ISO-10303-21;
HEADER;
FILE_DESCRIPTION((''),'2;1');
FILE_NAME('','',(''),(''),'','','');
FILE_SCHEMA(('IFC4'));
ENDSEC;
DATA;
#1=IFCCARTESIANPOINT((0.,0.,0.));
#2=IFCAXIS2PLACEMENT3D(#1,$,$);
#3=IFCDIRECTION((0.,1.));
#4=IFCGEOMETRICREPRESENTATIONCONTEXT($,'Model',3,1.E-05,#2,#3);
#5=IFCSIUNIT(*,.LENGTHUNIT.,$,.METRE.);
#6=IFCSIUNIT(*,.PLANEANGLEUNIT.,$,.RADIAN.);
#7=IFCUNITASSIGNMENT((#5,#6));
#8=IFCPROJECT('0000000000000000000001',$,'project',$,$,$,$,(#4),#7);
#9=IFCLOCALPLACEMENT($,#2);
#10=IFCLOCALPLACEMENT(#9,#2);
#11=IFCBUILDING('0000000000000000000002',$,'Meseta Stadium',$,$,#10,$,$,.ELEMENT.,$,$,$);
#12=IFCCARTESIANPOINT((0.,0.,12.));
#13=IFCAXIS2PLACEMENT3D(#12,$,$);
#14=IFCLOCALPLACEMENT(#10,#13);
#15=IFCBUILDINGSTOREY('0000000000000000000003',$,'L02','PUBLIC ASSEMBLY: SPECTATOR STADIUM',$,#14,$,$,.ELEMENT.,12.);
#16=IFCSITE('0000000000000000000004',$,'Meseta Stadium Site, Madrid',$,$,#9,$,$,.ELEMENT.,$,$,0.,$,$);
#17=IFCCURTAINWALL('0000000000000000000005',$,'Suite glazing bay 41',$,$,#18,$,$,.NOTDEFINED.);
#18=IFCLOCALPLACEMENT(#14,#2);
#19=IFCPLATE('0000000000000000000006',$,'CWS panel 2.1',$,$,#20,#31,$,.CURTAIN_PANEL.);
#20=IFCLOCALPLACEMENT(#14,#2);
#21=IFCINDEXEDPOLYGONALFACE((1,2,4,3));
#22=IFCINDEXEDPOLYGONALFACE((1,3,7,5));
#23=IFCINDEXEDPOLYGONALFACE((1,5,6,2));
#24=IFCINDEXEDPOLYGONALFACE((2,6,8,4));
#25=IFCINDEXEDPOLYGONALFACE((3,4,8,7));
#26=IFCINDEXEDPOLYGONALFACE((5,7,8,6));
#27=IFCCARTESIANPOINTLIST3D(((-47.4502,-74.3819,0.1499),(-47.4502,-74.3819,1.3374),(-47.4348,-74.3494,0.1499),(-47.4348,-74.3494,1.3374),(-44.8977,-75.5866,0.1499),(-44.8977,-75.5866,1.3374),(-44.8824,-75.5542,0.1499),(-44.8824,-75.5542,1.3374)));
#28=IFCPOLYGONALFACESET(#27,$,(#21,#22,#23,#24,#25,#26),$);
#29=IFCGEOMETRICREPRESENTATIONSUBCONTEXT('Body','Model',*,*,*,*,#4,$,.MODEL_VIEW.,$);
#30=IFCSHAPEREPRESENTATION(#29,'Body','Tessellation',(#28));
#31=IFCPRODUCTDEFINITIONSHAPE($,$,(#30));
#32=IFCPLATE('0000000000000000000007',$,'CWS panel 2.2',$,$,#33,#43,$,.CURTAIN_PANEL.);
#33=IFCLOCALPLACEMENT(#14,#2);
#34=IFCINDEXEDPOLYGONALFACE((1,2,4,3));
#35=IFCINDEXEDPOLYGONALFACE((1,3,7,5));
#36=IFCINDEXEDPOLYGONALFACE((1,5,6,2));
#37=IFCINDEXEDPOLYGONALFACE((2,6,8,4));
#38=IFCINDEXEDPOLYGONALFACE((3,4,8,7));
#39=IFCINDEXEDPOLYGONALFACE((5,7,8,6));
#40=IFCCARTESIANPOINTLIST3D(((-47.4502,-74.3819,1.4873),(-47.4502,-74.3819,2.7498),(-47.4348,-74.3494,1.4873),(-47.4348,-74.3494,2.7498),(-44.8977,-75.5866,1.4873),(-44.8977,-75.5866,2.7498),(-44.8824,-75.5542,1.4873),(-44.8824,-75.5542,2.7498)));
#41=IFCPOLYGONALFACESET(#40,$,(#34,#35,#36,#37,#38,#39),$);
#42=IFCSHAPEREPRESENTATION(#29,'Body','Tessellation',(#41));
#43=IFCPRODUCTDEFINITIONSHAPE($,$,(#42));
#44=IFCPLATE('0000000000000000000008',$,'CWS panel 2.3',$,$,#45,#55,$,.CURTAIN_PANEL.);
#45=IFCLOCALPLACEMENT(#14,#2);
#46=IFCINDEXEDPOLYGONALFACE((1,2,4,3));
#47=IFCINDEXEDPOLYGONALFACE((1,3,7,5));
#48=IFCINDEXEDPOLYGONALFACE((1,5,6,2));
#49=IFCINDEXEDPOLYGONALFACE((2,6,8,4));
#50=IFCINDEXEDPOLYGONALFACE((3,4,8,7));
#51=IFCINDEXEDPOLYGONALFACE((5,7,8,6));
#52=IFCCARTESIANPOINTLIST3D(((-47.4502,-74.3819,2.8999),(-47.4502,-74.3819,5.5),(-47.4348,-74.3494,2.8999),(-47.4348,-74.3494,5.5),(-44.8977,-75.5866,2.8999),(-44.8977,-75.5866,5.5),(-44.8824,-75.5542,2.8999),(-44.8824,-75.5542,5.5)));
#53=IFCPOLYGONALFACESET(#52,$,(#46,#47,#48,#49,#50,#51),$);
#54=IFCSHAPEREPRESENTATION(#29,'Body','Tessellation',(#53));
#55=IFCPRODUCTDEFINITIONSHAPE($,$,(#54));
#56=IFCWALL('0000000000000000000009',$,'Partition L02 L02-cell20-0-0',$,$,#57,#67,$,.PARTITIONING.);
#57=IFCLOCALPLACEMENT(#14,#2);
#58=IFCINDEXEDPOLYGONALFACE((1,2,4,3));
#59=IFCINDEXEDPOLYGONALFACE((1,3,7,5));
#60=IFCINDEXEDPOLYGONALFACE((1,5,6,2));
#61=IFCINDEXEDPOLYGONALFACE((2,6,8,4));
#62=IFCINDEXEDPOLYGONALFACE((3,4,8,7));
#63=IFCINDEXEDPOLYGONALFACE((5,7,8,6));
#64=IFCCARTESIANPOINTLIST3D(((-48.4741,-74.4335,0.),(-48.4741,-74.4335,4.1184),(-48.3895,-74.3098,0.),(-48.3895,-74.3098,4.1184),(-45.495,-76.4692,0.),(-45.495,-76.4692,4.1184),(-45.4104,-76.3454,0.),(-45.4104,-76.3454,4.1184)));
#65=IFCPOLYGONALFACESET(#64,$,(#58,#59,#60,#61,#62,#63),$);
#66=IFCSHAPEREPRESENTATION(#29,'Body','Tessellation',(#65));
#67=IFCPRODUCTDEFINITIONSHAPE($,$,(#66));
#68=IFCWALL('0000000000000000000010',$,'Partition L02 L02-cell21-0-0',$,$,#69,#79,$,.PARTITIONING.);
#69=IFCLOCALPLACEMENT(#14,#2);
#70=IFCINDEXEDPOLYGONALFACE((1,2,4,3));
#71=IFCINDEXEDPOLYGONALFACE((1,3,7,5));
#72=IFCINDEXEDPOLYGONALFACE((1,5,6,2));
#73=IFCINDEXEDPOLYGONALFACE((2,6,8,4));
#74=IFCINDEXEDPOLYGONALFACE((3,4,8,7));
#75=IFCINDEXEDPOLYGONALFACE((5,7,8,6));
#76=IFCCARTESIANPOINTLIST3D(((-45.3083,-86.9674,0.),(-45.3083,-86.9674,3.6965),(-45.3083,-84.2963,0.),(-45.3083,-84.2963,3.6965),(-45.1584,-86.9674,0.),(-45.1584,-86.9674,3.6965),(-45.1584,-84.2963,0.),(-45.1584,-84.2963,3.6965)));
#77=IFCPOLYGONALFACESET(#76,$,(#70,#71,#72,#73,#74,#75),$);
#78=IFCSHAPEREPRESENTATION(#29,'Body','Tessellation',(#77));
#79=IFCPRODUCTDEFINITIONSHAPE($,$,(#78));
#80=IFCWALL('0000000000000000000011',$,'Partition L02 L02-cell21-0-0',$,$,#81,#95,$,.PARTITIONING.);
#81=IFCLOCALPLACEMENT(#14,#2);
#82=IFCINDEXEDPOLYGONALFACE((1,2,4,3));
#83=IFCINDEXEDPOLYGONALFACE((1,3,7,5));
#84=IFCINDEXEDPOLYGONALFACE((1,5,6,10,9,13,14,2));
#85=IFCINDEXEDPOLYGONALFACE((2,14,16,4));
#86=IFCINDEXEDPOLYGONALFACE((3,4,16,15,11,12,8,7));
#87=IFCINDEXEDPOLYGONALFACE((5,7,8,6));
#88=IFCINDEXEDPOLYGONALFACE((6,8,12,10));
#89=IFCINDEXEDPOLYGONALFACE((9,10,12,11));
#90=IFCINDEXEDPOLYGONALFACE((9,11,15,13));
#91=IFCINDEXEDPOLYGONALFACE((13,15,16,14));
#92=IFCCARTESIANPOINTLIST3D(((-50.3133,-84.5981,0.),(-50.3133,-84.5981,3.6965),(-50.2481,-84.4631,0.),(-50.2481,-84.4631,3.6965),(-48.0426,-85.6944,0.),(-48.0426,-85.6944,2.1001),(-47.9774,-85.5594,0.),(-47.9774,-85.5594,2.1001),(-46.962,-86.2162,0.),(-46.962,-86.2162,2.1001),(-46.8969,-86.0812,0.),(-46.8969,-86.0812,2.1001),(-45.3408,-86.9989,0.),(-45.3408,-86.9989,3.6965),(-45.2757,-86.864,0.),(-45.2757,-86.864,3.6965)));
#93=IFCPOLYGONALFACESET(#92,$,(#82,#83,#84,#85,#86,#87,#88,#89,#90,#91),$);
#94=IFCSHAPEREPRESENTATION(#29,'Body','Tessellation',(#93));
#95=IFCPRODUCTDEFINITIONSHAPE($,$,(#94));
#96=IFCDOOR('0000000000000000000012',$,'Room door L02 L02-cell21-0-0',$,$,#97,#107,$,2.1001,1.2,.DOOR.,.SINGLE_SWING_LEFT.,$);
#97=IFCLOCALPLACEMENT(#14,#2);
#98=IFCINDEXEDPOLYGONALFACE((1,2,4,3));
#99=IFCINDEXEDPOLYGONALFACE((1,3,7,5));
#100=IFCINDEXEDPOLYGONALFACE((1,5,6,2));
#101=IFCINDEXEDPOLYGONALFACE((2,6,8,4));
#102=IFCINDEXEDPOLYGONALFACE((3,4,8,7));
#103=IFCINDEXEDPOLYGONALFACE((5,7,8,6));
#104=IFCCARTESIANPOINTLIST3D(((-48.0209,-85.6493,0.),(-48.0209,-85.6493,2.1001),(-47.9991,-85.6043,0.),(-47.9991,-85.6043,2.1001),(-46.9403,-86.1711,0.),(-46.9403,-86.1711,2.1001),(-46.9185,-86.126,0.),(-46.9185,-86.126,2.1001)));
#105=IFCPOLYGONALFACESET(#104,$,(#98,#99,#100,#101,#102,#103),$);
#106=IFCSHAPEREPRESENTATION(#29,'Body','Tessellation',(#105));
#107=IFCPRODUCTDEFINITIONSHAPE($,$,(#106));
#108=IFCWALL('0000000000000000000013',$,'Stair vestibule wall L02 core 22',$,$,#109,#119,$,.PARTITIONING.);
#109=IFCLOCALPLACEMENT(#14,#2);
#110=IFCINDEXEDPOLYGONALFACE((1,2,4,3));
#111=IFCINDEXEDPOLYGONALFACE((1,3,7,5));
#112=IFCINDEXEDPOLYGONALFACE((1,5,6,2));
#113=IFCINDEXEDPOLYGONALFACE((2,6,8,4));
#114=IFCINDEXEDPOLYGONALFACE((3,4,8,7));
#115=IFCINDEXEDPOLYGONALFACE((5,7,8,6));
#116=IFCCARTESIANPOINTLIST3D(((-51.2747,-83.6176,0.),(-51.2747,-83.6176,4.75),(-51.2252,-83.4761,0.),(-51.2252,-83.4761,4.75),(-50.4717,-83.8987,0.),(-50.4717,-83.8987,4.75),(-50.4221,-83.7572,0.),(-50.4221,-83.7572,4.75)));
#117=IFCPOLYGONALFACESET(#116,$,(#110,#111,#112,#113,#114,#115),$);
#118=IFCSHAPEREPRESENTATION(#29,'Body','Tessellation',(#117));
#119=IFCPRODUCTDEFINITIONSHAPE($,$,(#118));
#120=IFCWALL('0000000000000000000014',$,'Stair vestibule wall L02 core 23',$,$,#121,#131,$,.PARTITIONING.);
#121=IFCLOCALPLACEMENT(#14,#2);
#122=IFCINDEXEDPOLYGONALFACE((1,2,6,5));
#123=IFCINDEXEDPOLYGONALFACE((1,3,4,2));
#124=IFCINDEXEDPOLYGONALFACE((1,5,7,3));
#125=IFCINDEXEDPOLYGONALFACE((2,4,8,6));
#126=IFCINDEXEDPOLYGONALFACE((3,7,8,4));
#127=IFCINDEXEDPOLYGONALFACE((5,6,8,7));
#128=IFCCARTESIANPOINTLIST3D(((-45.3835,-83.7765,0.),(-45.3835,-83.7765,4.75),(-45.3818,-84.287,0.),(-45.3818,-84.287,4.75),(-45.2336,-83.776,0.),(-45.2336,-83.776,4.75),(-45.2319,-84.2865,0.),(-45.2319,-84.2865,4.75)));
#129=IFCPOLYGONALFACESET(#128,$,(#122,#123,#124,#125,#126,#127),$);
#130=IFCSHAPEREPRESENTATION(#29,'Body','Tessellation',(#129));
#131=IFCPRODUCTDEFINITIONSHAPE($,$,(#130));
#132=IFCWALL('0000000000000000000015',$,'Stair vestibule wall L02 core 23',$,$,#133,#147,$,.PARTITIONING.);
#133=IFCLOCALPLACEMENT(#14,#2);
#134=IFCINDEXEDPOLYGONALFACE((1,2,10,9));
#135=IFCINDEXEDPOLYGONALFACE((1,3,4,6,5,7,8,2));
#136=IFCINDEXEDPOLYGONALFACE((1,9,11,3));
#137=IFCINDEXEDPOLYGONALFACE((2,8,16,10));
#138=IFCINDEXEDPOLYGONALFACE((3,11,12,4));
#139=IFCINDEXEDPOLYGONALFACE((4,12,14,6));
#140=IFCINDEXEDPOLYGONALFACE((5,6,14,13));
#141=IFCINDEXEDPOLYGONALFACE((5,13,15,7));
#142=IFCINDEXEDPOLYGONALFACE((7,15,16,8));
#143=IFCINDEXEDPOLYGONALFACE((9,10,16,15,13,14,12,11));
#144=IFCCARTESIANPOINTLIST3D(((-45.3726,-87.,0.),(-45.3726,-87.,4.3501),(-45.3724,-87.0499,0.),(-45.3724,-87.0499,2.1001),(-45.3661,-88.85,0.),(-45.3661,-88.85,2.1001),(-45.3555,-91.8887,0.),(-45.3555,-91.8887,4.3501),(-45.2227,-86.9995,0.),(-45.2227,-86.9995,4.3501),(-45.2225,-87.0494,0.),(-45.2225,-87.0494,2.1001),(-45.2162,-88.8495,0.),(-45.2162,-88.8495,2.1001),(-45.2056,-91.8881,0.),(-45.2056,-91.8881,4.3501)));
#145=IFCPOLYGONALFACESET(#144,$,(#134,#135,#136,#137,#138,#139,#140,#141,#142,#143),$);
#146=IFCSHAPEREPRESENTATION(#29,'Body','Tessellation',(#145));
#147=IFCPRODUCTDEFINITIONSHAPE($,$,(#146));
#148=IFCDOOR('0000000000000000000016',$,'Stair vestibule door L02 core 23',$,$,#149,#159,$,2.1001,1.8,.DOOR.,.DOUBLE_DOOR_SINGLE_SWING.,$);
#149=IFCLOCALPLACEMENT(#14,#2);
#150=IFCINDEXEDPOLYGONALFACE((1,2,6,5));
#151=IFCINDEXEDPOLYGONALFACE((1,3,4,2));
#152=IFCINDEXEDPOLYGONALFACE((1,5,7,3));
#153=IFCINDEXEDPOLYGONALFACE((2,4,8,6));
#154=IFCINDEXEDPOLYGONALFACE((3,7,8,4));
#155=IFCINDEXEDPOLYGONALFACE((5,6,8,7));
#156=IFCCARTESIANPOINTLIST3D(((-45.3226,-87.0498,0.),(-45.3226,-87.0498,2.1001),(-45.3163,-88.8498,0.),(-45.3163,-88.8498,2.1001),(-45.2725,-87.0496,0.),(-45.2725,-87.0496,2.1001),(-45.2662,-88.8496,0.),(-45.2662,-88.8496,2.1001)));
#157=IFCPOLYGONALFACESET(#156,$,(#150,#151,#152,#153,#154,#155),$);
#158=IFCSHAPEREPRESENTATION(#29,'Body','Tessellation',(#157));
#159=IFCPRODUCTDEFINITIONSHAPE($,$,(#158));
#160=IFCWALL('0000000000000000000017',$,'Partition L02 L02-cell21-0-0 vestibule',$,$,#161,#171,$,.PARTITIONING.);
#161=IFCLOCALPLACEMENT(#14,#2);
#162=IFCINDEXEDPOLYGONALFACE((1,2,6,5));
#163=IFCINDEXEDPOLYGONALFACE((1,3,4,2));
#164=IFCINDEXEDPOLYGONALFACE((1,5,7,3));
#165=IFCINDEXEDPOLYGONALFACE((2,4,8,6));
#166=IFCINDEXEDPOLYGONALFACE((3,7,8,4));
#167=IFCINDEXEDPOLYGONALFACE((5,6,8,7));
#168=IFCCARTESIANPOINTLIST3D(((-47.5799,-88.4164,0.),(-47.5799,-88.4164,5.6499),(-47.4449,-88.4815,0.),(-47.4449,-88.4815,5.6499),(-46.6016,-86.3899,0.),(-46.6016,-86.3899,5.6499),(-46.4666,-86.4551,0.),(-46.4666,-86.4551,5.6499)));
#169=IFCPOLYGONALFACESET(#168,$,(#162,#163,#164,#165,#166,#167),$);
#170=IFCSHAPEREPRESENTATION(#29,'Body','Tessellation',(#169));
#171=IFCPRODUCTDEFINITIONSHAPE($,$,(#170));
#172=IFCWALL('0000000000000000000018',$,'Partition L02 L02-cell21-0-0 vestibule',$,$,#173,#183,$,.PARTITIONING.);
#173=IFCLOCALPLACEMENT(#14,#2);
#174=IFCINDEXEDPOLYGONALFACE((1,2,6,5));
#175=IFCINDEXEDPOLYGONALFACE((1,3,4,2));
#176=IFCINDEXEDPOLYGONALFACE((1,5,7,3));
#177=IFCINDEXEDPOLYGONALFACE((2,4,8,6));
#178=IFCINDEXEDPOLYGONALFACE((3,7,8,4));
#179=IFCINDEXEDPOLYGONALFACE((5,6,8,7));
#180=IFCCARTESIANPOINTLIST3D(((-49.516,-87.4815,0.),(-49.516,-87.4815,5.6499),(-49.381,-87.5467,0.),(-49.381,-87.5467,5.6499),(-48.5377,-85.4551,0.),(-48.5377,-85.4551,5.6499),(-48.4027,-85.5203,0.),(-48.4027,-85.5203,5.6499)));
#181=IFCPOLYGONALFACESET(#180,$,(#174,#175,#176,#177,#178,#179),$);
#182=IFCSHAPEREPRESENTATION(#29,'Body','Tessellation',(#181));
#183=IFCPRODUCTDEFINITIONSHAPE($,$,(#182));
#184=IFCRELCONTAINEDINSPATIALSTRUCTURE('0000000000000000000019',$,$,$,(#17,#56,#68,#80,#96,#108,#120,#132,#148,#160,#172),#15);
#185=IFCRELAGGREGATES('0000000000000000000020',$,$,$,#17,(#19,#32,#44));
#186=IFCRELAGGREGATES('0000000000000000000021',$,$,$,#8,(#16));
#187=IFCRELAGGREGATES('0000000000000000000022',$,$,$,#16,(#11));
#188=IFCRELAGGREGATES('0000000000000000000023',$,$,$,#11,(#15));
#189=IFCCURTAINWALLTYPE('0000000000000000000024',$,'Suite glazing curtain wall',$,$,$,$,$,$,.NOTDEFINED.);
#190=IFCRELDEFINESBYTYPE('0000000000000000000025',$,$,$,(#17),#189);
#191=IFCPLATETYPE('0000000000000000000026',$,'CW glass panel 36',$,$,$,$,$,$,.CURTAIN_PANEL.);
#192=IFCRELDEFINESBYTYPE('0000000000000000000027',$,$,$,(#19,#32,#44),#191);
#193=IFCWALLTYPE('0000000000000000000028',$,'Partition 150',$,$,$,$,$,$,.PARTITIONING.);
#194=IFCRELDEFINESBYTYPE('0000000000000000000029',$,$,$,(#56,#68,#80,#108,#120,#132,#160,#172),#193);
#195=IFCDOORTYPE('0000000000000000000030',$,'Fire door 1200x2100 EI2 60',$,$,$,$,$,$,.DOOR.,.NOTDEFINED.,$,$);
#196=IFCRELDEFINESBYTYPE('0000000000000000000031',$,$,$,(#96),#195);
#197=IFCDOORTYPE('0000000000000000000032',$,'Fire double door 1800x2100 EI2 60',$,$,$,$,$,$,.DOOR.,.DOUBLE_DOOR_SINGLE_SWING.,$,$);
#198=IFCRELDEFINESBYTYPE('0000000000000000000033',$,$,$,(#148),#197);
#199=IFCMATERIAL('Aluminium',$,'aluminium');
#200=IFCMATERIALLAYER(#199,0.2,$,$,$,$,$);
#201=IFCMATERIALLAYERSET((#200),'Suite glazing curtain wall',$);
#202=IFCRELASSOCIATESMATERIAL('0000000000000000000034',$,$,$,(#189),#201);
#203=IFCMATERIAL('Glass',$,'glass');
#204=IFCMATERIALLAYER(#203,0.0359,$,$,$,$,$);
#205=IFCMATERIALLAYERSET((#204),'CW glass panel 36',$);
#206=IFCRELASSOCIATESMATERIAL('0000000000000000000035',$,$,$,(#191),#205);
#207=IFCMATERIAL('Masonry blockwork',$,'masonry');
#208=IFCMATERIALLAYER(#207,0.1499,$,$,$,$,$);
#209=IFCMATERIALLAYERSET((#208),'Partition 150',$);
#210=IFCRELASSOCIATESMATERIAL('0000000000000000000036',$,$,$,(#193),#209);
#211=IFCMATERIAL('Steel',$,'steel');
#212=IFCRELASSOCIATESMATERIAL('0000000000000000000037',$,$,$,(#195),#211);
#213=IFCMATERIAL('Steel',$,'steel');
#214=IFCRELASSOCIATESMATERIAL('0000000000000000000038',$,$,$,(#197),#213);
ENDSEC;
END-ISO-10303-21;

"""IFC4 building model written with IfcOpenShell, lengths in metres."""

from ifc_helpers import new_model, si_unit, direction, frame, frame_2d, origin, origin_2d, place, context, subcontext, project, spatial, rectangle, extrude, material, layer, layer_set, type_object, element, fill, aggregate, save


model = new_model("IFC4")

# Units and contexts
model_context = context("Model", 3, precision=1e-05, world=origin(), true_north=direction((0.0, 1.0)))
body_context = subcontext(model_context, "Body", "Model", "MODEL_VIEW")
ifc_project = project(units=[si_unit("LENGTHUNIT", "METRE"), si_unit("PLANEANGLEUNIT", "RADIAN")], contexts=[model_context])

# Site, building, storey
site_placement = place(None, origin())
site = spatial("IfcSite", under=ifc_project, at=site_placement, Name="Meseta Stadium Site, Madrid", CompositionType="ELEMENT", RefElevation=0.0)
building_placement = place(site_placement, origin())
building = spatial("IfcBuilding", under=site, at=building_placement, Name="Meseta Stadium", CompositionType="ELEMENT")
storey_placement = place(building_placement, frame((0.0, 0.0, 12.0)))
storey = spatial("IfcBuildingStorey", under=building, at=storey_placement, Name="L02", Description="PUBLIC ASSEMBLY: SPECTATOR STADIUM", CompositionType="ELEMENT", Elevation=12.0)

# Shared definitions
ifc_material_1 = material(Name="Aluminium", Category="aluminium")
ifc_layer_1 = layer(ifc_material_1, 0.2)
ifc_layer_set_1 = layer_set([ifc_layer_1], Name="Suite glazing curtain wall")
curtain_wall_type = type_object("IfcCurtainWallType", Name="Suite glazing curtain wall", PredefinedType="NOTDEFINED", material=ifc_layer_set_1)

# Curtain wall
curtain_wall_1_placement = place(storey_placement, origin())
curtain_wall_1 = element("IfcCurtainWall", 1, at=curtain_wall_1_placement, inside=storey, type_object=curtain_wall_type, Name="Suite glazing bay 41", PredefinedType="NOTDEFINED")

# Plates
ifc_material_2 = material(Name="Glass", Category="glass")
ifc_layer_2 = layer(ifc_material_2, 0.0359)
ifc_layer_set_2 = layer_set([ifc_layer_2], Name="CW glass panel 36")
plate_type = type_object("IfcPlateType", Name="CW glass panel 36", PredefinedType="CURTAIN_PANEL", material=ifc_layer_set_2)
plate_1_placement = place(storey_placement, frame((-46.1663, -74.968, 0.1499), z_axis=(0.0, 0.0, 1.0), x_axis=(0.904328, -0.426837, 0.0)))
plate_1 = element("IfcPlate", 2, at=plate_1_placement, type_object=plate_type, Name="CWS panel 2.1", PredefinedType="CURTAIN_PANEL", context=body_context, shape_type="SweptSolid", body=[
    extrude(rectangle(XDim=2.8225, YDim=0.0359, at=origin_2d()), origin(), (0.0, 0.0, 1.0), 1.1875),
])
plate_2_placement = place(storey_placement, frame((-46.1663, -74.968, 1.4873), z_axis=(0.0, 0.0, 1.0), x_axis=(0.904328, -0.426837, 0.0)))
plate_2 = element("IfcPlate", 3, at=plate_2_placement, type_object=plate_type, Name="CWS panel 2.2", PredefinedType="CURTAIN_PANEL", context=body_context, shape_type="SweptSolid", body=[
    extrude(rectangle(XDim=2.8225, YDim=0.0359, at=origin_2d()), origin(), (0.0, 0.0, 1.0), 1.2625),
])
plate_3_placement = place(storey_placement, frame((-46.1663, -74.968, 2.8999), z_axis=(0.0, 0.0, 1.0), x_axis=(0.904328, -0.426837, 0.0)))
plate_3 = element("IfcPlate", 4, at=plate_3_placement, type_object=plate_type, Name="CWS panel 2.3", PredefinedType="CURTAIN_PANEL", context=body_context, shape_type="SweptSolid", body=[
    extrude(rectangle(XDim=2.8225, YDim=0.0359, at=origin_2d()), origin(), (0.0, 0.0, 1.0), 2.6001),
])
aggregate(curtain_wall_1, [plate_1, plate_2, plate_3])

# Walls
ifc_material_3 = material(Name="Masonry blockwork", Category="masonry")
ifc_layer_3 = layer(ifc_material_3, 0.1499)
ifc_layer_set_3 = layer_set([ifc_layer_3], Name="Partition 150")
wall_type = type_object("IfcWallType", Name="Partition 150", PredefinedType="PARTITIONING", material=ifc_layer_set_3)
wall_1_placement = place(storey_placement, frame((-48.4319, -74.3716, 0.0), z_axis=(0.0, 0.0, 1.0), x_axis=(0.825646, -0.564189, 0.0)))
element("IfcWall", 5, at=wall_1_placement, inside=storey, type_object=wall_type, Name="Partition L02 L02-cell20-0-0", PredefinedType="PARTITIONING", context=body_context, shape_type="SweptSolid", body=[
    extrude(rectangle(XDim=3.6082, YDim=0.1499, at=frame_2d((1.8042, 0.0))), origin(), (0.0, 0.0, 1.0), 4.1184),
])
wall_2_placement = place(storey_placement, frame((-45.2334, -84.2964, 0.0), z_axis=(0.0, 0.0, 1.0), x_axis=(0.0, -1.0, 0.0)))
element("IfcWall", 6, at=wall_2_placement, inside=storey, type_object=wall_type, Name="Partition L02 L02-cell21-0-0", PredefinedType="PARTITIONING", context=body_context, shape_type="SweptSolid", body=[
    extrude(rectangle(XDim=2.6711, YDim=0.1499, at=frame_2d((1.3354, 0.0))), origin(), (0.0, 0.0, 1.0), 3.6965),
])

# Wall, opening, door
wall_3_placement = place(storey_placement, frame((-45.3083, -86.9314, 0.0), z_axis=(0.0, 0.0, 1.0), x_axis=(-0.900523, 0.434808, 0.0)))
wall_3 = element("IfcWall", 7, at=wall_3_placement, inside=storey, type_object=wall_type, Name="Partition L02 L02-cell21-0-0", PredefinedType="PARTITIONING", context=body_context, shape_type="SweptSolid", body=[
    extrude(rectangle(XDim=5.5217, YDim=0.1499, at=frame_2d((2.7607, 0.0))), origin(), (0.0, 0.0, 1.0), 3.6965),
])
opening_1_placement = place(wall_3_placement, frame((1.8, 0.0, 0.0)))
opening_1 = element("IfcOpeningElement", 8, at=opening_1_placement, cuts=wall_3, PredefinedType="OPENING", context=body_context, shape_type="SweptSolid", body=[
    extrude(rectangle(XDim=1.2, YDim=2.1001, at=frame_2d((0.6001, 1.05))), frame((0.0, 0.085, 0.0), z_axis=(0.0, -1.0, 0.0), x_axis=(1.0, 0.0, 0.0)), (0.0, 0.0, 1.0), 0.1699),
])
ifc_material_4 = material(Name="Steel", Category="steel")
door_type_1 = type_object("IfcDoorType", Name="Fire door 1200x2100 EI2 60", OperationType="NOTDEFINED", PredefinedType="DOOR", material=ifc_material_4)
door_1_placement = place(opening_1_placement, origin())
door_1 = element("IfcDoor", 9, at=door_1_placement, inside=storey, type_object=door_type_1, Name="Room door L02 L02-cell21-0-0", OperationType="SINGLE_SWING_LEFT", OverallHeight=2.1001, OverallWidth=1.2, PredefinedType="DOOR", context=body_context, shape_type="SweptSolid", body=[
    extrude(rectangle(XDim=1.2, YDim=2.1001, at=frame_2d((0.6001, 1.05))), frame((0.0, 0.0249, 0.0), z_axis=(0.0, -1.0, 0.0), x_axis=(1.0, 0.0, 0.0)), (0.0, 0.0, 1.0), 0.05),
])
fill(opening_1, door_1)

# Walls
wall_4_placement = place(storey_placement, frame((-50.447, -83.8279, 0.0), z_axis=(0.0, 0.0, 1.0), x_axis=(-0.943872, 0.330312, 0.0)))
element("IfcWall", 10, at=wall_4_placement, inside=storey, type_object=wall_type, Name="Stair vestibule wall L02 core 22", PredefinedType="PARTITIONING", context=body_context, shape_type="SweptSolid", body=[
    extrude(rectangle(XDim=0.8508, YDim=0.1499, at=frame_2d((0.4253, 0.0))), origin(), (0.0, 0.0, 1.0), 4.75),
])
wall_5_placement = place(storey_placement, frame((-45.3086, -83.7761, 0.0), z_axis=(0.0, 0.0, 1.0), x_axis=(0.003348, -0.999994, 0.0)))
element("IfcWall", 11, at=wall_5_placement, inside=storey, type_object=wall_type, Name="Stair vestibule wall L02 core 23", PredefinedType="PARTITIONING", context=body_context, shape_type="SweptSolid", body=[
    extrude(rectangle(XDim=0.5105, YDim=0.1499, at=frame_2d((0.2554, 0.0))), origin(), (0.0, 0.0, 1.0), 4.75),
])

# Wall, opening, door
wall_6_placement = place(storey_placement, frame((-45.2976, -86.9998, 0.0), z_axis=(0.0, 0.0, 1.0), x_axis=(0.003496, -0.999994, 0.0)))
wall_6 = element("IfcWall", 12, at=wall_6_placement, inside=storey, type_object=wall_type, Name="Stair vestibule wall L02 core 23", PredefinedType="PARTITIONING", context=body_context, shape_type="SweptSolid", body=[
    extrude(rectangle(XDim=4.8887, YDim=0.1499, at=frame_2d((2.4443, 0.0))), origin(), (0.0, 0.0, 1.0), 4.3501),
])
opening_2_placement = place(wall_6_placement, frame((0.05, 0.0, 0.0)))
opening_2 = element("IfcOpeningElement", 13, at=opening_2_placement, cuts=wall_6, PredefinedType="OPENING", context=body_context, shape_type="SweptSolid", body=[
    extrude(rectangle(XDim=1.8, YDim=2.1001, at=frame_2d((0.8999, 1.05))), frame((0.0, 0.085, 0.0), z_axis=(0.0, -1.0, 0.0), x_axis=(1.0, 0.0, 0.0)), (0.0, 0.0, 1.0), 0.1699),
])
ifc_material_5 = material(Name="Steel", Category="steel")
door_type_2 = type_object("IfcDoorType", Name="Fire double door 1800x2100 EI2 60", OperationType="DOUBLE_DOOR_SINGLE_SWING", PredefinedType="DOOR", material=ifc_material_5)
door_2_placement = place(opening_2_placement, origin())
door_2 = element("IfcDoor", 14, at=door_2_placement, inside=storey, type_object=door_type_2, Name="Stair vestibule door L02 core 23", OperationType="DOUBLE_DOOR_SINGLE_SWING", OverallHeight=2.1001, OverallWidth=1.8, PredefinedType="DOOR", context=body_context, shape_type="SweptSolid", body=[
    extrude(rectangle(XDim=1.8, YDim=2.1001, at=frame_2d((0.8999, 1.05))), frame((0.0, 0.0249, 0.0), z_axis=(0.0, -1.0, 0.0), x_axis=(1.0, 0.0, 0.0)), (0.0, 0.0, 1.0), 0.05),
])
fill(opening_2, door_2)

# Walls
for number, where, z_axis, x_axis, name in (
    (15, (-46.5342, -86.4226, 0.0), (0.0, 0.0, 1.0), (-0.434758, -0.900547, 0.0), "Partition L02 L02-cell21-0-0 vestibule"),
    (16, (-48.4702, -85.4878, 0.0), (0.0, 0.0, 1.0), (-0.434758, -0.900547, 0.0), "Partition L02 L02-cell21-0-0 vestibule"),
):
    element("IfcWall", number, at=place(storey_placement, frame(where, z_axis=z_axis, x_axis=x_axis)), inside=storey, type_object=wall_type, Name=name, PredefinedType="PARTITIONING", context=body_context, shape_type="SweptSolid", body=[
        extrude(rectangle(XDim=2.2502, YDim=0.1499, at=frame_2d((1.125, 0.0))), origin(), (0.0, 0.0, 1.0), 5.6499),
    ])

save(model, "model.ifc")
